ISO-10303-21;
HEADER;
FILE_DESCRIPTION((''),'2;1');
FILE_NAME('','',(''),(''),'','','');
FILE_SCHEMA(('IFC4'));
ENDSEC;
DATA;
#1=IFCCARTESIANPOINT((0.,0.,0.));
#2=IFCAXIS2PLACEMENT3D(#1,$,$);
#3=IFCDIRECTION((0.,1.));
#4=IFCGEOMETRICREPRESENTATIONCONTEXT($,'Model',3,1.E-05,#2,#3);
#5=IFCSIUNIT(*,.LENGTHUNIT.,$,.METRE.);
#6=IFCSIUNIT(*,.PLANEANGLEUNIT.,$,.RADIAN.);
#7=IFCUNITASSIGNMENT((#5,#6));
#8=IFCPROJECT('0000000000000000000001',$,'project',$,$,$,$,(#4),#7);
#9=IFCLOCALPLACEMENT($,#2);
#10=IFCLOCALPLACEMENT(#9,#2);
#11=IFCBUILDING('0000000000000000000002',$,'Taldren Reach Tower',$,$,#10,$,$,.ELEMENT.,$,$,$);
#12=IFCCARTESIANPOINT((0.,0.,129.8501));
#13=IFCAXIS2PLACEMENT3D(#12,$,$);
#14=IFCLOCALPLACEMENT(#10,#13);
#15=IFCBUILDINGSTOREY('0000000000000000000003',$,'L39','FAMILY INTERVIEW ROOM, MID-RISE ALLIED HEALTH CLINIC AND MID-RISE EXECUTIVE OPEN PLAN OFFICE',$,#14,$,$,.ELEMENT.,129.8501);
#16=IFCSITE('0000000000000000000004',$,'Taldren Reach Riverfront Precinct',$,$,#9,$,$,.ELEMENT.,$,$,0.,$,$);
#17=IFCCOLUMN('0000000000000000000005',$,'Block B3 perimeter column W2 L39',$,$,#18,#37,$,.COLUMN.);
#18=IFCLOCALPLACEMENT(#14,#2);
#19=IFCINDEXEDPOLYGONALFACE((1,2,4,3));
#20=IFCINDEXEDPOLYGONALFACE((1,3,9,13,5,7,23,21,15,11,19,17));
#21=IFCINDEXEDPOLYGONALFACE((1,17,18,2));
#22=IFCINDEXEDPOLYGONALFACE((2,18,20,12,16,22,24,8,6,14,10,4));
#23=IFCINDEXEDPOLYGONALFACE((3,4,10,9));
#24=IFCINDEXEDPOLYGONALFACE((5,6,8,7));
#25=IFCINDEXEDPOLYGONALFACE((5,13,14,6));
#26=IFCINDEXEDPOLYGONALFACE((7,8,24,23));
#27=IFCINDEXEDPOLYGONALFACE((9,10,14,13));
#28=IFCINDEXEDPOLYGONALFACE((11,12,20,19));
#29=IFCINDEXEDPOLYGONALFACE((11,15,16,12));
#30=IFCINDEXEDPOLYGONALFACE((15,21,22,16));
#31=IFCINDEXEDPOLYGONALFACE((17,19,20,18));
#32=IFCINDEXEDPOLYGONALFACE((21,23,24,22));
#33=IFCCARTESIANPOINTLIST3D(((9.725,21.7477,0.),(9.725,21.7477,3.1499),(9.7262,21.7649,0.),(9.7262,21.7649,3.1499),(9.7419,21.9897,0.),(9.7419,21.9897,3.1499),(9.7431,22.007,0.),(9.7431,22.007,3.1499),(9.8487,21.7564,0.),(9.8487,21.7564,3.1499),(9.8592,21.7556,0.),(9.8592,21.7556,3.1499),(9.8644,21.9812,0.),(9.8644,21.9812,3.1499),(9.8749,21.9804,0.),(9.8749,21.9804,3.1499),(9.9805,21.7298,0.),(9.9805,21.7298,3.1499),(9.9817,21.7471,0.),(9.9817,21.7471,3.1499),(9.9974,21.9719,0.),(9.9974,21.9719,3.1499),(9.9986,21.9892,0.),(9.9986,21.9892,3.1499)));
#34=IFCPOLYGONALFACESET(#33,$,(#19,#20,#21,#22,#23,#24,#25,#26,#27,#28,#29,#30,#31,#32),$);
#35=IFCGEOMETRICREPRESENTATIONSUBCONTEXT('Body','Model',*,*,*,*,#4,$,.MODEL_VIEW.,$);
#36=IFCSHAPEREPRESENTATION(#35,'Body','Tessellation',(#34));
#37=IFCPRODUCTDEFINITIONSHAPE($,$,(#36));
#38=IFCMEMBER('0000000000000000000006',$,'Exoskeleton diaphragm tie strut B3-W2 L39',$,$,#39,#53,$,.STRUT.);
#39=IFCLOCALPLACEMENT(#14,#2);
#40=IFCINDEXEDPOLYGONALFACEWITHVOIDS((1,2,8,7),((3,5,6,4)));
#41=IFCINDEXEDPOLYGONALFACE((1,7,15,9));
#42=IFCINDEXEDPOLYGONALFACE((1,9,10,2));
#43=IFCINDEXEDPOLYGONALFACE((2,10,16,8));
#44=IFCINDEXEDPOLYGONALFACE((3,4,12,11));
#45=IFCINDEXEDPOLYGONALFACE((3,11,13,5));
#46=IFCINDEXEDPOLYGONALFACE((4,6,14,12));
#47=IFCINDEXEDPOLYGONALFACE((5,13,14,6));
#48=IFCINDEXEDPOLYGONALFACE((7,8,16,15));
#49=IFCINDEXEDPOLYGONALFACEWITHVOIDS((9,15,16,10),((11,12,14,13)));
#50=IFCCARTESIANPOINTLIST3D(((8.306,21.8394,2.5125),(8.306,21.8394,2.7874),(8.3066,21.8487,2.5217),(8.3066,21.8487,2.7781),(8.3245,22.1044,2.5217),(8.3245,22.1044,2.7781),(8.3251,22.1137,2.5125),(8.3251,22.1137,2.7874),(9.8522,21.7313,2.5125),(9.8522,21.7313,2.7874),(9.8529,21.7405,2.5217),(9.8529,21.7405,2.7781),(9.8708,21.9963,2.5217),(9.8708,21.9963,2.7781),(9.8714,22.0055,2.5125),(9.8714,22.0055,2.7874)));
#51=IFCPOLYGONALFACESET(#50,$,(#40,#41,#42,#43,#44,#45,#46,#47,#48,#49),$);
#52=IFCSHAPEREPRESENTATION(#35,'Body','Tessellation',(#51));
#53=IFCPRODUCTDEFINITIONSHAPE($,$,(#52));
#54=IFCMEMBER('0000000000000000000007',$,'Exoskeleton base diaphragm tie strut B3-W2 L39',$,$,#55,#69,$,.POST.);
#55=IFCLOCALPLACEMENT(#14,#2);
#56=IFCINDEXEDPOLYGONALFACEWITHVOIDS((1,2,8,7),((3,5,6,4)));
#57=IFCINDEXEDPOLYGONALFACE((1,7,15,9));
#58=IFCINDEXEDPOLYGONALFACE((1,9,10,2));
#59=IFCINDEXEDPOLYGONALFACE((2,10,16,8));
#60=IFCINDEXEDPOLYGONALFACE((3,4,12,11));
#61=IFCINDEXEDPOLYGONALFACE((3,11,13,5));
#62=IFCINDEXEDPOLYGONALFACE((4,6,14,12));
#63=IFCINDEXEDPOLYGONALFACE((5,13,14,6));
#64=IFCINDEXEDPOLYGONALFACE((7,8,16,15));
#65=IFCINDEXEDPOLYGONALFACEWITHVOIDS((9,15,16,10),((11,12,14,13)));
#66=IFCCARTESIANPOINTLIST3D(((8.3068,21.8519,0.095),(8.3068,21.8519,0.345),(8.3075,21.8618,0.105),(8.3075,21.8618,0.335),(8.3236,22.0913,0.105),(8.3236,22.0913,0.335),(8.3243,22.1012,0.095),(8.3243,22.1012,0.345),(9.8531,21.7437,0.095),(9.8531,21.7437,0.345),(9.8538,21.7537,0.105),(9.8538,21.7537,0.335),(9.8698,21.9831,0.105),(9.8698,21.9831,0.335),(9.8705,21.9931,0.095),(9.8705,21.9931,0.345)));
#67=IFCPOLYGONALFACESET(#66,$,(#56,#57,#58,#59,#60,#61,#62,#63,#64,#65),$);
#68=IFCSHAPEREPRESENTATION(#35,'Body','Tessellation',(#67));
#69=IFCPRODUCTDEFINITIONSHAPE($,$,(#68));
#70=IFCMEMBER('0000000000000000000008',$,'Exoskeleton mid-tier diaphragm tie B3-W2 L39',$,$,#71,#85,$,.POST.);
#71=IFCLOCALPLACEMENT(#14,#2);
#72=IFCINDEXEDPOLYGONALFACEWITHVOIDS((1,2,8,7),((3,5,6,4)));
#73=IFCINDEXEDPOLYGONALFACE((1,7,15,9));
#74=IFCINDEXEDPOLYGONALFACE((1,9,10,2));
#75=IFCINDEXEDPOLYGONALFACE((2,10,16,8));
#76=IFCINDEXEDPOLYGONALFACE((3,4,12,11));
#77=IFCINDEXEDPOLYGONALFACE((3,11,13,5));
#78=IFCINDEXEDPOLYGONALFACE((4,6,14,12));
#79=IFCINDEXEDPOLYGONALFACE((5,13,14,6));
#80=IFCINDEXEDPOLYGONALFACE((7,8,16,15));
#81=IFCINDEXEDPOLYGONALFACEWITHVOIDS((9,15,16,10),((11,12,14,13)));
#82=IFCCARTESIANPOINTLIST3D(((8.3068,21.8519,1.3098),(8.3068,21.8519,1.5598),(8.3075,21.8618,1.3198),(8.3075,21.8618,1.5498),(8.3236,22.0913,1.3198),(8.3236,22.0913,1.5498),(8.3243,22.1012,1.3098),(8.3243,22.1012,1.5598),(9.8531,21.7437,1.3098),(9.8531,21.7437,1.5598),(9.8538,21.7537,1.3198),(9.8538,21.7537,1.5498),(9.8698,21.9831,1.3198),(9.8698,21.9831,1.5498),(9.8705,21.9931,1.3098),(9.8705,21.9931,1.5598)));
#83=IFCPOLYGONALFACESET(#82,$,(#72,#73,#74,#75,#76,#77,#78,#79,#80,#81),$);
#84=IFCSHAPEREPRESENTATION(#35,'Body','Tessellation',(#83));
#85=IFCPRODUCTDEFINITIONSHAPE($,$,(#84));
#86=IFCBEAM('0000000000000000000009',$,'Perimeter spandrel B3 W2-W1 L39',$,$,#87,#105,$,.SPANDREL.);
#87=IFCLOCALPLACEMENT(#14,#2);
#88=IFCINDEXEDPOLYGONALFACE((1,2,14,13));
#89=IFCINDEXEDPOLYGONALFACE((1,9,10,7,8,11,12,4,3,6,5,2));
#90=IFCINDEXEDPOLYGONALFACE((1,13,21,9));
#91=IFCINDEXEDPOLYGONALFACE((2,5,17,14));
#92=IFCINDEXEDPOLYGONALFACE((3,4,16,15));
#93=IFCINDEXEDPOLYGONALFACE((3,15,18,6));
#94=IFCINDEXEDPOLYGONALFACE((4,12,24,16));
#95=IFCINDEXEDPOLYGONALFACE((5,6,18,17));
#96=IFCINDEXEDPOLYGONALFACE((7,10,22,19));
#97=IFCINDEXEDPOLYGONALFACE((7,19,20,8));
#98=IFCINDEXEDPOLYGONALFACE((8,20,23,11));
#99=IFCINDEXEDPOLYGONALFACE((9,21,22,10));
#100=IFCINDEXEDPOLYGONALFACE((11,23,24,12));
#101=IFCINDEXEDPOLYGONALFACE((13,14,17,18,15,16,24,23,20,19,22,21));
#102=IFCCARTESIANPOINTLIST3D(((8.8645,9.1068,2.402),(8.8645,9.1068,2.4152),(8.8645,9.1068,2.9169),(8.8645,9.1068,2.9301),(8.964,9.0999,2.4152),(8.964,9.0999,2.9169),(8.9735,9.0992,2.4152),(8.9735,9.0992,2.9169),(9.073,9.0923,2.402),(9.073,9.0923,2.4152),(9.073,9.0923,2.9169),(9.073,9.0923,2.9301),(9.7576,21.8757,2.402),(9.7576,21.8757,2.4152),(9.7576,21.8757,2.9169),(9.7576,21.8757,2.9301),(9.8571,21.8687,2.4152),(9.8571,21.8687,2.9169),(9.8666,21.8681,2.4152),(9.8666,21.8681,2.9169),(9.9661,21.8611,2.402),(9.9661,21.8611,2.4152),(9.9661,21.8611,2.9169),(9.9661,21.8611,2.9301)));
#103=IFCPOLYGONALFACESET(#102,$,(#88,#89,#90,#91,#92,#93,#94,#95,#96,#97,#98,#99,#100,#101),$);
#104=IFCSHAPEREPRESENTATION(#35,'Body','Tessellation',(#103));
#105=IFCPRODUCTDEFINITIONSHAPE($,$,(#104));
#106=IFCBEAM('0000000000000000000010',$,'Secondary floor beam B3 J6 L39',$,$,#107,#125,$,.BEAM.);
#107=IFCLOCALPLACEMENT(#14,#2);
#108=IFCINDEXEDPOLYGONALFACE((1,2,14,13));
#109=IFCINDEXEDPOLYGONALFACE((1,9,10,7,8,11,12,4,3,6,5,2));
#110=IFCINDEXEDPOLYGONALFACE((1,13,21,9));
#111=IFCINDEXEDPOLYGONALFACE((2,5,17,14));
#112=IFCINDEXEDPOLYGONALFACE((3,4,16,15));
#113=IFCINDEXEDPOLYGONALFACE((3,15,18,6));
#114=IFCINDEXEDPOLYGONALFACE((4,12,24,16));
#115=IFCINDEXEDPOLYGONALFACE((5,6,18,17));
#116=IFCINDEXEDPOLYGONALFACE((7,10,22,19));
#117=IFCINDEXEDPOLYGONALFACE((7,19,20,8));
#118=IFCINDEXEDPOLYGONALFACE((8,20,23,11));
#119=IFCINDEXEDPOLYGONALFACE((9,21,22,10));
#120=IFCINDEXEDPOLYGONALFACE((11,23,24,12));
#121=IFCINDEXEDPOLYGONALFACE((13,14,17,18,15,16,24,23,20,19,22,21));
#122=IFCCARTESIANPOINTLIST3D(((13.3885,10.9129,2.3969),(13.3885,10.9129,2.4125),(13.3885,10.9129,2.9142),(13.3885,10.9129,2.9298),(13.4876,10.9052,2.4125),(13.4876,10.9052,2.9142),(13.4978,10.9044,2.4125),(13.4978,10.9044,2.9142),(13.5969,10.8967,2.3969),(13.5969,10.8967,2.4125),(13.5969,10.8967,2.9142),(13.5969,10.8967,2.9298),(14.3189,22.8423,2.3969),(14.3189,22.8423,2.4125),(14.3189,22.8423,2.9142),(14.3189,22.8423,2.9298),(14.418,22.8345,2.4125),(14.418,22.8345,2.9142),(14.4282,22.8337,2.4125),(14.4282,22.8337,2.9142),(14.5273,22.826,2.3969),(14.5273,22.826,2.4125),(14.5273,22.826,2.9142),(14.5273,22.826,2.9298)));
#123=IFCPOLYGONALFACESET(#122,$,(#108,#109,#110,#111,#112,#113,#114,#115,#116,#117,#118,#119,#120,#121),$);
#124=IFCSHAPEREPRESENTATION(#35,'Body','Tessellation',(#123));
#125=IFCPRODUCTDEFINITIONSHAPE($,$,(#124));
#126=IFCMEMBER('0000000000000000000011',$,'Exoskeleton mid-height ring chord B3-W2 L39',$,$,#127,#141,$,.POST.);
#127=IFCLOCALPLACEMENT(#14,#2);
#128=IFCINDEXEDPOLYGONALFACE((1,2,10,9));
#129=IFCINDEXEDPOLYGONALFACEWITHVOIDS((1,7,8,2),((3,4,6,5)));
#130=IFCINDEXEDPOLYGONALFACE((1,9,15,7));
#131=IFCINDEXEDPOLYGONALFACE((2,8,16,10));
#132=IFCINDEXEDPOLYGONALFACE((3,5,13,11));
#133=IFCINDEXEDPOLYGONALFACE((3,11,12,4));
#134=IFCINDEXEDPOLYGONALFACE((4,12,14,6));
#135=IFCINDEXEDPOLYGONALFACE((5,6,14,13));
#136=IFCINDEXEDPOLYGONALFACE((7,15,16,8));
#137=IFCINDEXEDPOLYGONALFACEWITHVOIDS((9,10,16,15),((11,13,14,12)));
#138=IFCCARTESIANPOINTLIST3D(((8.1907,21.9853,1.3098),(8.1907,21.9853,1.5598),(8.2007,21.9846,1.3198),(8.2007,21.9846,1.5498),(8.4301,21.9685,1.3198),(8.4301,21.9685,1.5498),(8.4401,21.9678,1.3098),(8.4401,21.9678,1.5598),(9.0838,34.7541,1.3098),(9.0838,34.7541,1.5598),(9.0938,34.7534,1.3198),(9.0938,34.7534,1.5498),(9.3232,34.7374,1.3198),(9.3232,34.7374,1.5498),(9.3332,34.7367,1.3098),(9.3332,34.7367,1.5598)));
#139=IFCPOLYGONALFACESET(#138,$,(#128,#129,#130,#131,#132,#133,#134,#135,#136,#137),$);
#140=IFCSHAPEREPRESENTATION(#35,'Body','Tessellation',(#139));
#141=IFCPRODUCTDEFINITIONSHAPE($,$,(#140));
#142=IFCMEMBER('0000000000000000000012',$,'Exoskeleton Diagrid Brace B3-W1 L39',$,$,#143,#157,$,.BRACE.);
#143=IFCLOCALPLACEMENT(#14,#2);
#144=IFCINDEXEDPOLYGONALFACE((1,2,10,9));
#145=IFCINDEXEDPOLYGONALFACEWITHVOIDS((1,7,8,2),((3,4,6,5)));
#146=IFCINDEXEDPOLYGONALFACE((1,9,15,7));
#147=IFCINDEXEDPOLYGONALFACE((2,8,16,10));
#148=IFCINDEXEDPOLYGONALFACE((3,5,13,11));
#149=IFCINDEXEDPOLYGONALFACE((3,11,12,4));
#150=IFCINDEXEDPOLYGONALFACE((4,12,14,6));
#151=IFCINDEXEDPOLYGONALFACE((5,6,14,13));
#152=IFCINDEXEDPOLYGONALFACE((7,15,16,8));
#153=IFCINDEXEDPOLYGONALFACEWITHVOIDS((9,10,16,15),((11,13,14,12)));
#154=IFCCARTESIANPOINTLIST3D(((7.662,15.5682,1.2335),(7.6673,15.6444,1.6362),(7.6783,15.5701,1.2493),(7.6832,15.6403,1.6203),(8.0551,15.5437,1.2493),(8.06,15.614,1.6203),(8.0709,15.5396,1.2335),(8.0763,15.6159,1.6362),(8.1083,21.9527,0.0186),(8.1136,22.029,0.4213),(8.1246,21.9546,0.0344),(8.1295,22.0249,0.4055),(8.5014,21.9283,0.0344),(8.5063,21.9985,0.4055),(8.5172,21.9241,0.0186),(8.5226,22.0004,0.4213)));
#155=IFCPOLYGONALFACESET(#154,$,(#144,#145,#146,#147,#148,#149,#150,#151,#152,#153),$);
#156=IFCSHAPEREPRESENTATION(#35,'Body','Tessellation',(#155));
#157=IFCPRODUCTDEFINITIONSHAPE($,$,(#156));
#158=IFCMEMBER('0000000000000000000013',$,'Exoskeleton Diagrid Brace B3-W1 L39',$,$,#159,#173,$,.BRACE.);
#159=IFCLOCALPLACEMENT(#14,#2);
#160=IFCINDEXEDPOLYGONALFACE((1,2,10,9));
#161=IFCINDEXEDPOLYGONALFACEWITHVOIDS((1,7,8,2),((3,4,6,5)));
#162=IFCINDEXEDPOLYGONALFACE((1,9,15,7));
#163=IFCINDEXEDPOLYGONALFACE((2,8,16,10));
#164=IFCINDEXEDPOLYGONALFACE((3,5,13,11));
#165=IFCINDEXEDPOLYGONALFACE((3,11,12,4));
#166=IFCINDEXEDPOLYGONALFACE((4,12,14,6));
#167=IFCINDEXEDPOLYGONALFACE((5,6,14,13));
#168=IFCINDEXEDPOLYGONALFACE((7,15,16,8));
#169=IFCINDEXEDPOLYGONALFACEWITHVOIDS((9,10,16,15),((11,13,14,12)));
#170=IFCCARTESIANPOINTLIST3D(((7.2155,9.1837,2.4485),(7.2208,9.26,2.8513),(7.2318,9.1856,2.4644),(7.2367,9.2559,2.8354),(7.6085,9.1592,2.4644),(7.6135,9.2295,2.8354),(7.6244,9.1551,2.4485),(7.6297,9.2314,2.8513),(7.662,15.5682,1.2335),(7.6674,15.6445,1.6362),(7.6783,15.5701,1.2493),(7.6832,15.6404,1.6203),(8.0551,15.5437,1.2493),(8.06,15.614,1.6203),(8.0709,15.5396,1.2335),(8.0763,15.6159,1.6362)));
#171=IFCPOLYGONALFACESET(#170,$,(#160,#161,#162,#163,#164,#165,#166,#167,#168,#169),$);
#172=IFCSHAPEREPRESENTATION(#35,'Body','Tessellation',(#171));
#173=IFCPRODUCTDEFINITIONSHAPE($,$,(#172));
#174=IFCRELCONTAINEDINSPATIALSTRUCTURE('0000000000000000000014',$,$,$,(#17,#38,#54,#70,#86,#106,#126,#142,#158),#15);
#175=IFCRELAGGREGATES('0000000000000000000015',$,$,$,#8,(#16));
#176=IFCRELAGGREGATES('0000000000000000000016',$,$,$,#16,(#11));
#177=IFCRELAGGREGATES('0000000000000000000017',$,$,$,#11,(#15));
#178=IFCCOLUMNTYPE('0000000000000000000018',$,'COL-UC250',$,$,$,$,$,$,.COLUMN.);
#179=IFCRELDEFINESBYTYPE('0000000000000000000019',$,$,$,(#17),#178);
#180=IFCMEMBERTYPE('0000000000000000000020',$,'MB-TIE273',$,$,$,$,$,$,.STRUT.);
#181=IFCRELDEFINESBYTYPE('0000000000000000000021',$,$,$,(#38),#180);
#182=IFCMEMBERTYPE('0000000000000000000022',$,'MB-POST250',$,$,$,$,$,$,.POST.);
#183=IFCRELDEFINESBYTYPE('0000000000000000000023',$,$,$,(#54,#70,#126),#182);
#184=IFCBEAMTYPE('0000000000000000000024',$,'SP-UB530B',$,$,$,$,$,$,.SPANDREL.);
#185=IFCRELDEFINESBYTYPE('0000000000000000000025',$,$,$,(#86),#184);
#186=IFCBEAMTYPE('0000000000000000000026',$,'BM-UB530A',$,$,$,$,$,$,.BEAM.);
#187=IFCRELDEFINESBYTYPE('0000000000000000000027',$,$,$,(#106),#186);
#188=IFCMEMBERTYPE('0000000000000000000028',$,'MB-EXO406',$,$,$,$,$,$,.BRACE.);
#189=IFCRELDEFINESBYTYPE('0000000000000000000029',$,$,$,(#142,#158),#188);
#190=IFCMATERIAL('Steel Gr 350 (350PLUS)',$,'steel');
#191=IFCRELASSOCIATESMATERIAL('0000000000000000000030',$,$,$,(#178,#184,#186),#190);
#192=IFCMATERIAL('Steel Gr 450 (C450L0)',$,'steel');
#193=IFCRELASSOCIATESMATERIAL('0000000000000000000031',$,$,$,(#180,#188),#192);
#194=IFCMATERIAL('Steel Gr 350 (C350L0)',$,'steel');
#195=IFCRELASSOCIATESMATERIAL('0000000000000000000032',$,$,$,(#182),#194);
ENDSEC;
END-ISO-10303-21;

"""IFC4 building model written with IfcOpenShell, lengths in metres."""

from ifc_helpers import new_model, si_unit, direction, frame, origin, origin_2d, place, context, subcontext, project, spatial, hollow_rectangle, i_section, extrude, source, transform, mapped, material, material_profile, profile_set, type_object, element, save


model = new_model("IFC4")

# Units and contexts
model_context = context("Model", 3, precision=1e-05, world=origin(), true_north=direction((0.0, 1.0)))
body_context = subcontext(model_context, "Body", "Model", "MODEL_VIEW")
ifc_project = project(units=[si_unit("LENGTHUNIT", "METRE"), si_unit("PLANEANGLEUNIT", "RADIAN")], contexts=[model_context])

# Site, building, storey
site_placement = place(None, origin())
site = spatial("IfcSite", under=ifc_project, at=site_placement, Name="Taldren Reach Riverfront Precinct", CompositionType="ELEMENT", RefElevation=0.0)
building_placement = place(site_placement, origin())
building = spatial("IfcBuilding", under=site, at=building_placement, Name="Taldren Reach Tower", CompositionType="ELEMENT")
storey_placement = place(building_placement, frame((0.0, 0.0, 129.8501)))
storey = spatial("IfcBuildingStorey", under=building, at=storey_placement, Name="L39", Description="FAMILY INTERVIEW ROOM, MID-RISE ALLIED HEALTH CLINIC AND MID-RISE EXECUTIVE OPEN PLAN OFFICE", CompositionType="ELEMENT", Elevation=129.8501)

# Column
ifc_material_1 = material(Name="Steel Gr 350 (350PLUS)", Category="steel")
ifc_material_profile_1 = material_profile(ifc_material_1, i_section(OverallWidth=0.2561, OverallDepth=0.26, WebThickness=0.0105, FlangeThickness=0.0173, at=origin_2d()), Name="250UC89.5")
ifc_profile_set_1 = profile_set([ifc_material_profile_1], Name="Steel Gr 350 (350PLUS)")
column_type = type_object("IfcColumnType", Name="COL-UC250", PredefinedType="COLUMN", material=ifc_profile_set_1)
shared_shape_1 = source(origin(), body_context, "Body", "SweptSolid", [
    extrude(i_section(OverallWidth=0.2561, OverallDepth=0.26, WebThickness=0.0105, FlangeThickness=0.0173, at=origin_2d()), origin(), (0.0, 0.0, 1.0), 3.1499),
])
column_placement = place(storey_placement, frame((9.8618, 21.8684, 0.0), z_axis=(0.0, 0.0, 1.0), x_axis=(0.997564, -0.069756, 0.0)))
element("IfcColumn", 1, at=column_placement, inside=storey, type_object=column_type, Name="Block B3 perimeter column W2 L39", PredefinedType="COLUMN", context=body_context, shape_type="MappedRepresentation", body=[
    mapped(shared_shape_1, transform((0.0, 0.0, 0.0), scale=1.0)),
])

# Members
ifc_material_2 = material(Name="Steel Gr 450 (C450L0)", Category="steel")
ifc_material_profile_2 = material_profile(ifc_material_2, hollow_rectangle(XDim=0.2749, YDim=0.2749, WallThickness=0.0093, at=origin_2d()), Name="275x275x9.3SHS")
ifc_profile_set_2 = profile_set([ifc_material_profile_2], Name="Steel Gr 450 (C450L0)")
member_type_1 = type_object("IfcMemberType", Name="MB-TIE273", PredefinedType="STRUT", material=ifc_profile_set_2)
shared_shape_2 = source(origin(), body_context, "Body", "SweptSolid", [
    extrude(hollow_rectangle(XDim=0.2749, YDim=0.2749, WallThickness=0.0093, at=origin_2d()), origin(), (0.0, 0.0, 1.0), 1.55),
])
member_1_placement = place(storey_placement, frame((9.8618, 21.8684, 2.6499), z_axis=(-0.997563, 0.06977, 0.0), x_axis=(-0.06977, -0.997563, 0.0)))
element("IfcMember", 2, at=member_1_placement, inside=storey, type_object=member_type_1, Name="Exoskeleton diaphragm tie strut B3-W2 L39", PredefinedType="STRUT", context=body_context, shape_type="MappedRepresentation", body=[
    mapped(shared_shape_2, transform((0.0, 0.0, 0.0), scale=1.0)),
])
ifc_material_3 = material(Name="Steel Gr 350 (C350L0)", Category="steel")
ifc_material_profile_3 = material_profile(ifc_material_3, hollow_rectangle(XDim=0.25, YDim=0.25, WallThickness=0.01, at=origin_2d()), Name="250x250x10.0SHS")
ifc_profile_set_3 = profile_set([ifc_material_profile_3], Name="Steel Gr 350 (C350L0)")
member_type_2 = type_object("IfcMemberType", Name="MB-POST250", PredefinedType="POST", material=ifc_profile_set_3)
shared_shape_3 = source(origin(), body_context, "Body", "SweptSolid", [
    extrude(hollow_rectangle(XDim=0.25, YDim=0.25, WallThickness=0.01, at=origin_2d()), origin(), (0.0, 0.0, 1.0), 1.55),
])
for number, where, z_axis, x_axis, name in (
    (3, (9.8618, 21.8684, 0.22), (-0.997563, 0.06977, 0.0), (-0.06977, -0.997563, 0.0), "Exoskeleton base diaphragm tie strut B3-W2 L39"),
    (4, (9.8618, 21.8684, 1.4348), (-0.997563, 0.06977, 0.0), (-0.06977, -0.997563, 0.0), "Exoskeleton mid-tier diaphragm tie B3-W2 L39"),
):
    element("IfcMember", number, at=place(storey_placement, frame(where, z_axis=z_axis, x_axis=x_axis)), inside=storey, type_object=member_type_2, Name=name, PredefinedType="POST", context=body_context, shape_type="MappedRepresentation", body=[
        mapped(shared_shape_3, transform((0.0, 0.0, 0.0), scale=1.0)),
    ])

# Beams
ifc_material_profile_4 = material_profile(ifc_material_1, i_section(OverallWidth=0.209, OverallDepth=0.5281, WebThickness=0.0095, FlangeThickness=0.0132, at=origin_2d()), Name="530UB82.0")
ifc_profile_set_4 = profile_set([ifc_material_profile_4], Name="Steel Gr 350 (350PLUS)")
beam_type_1 = type_object("IfcBeamType", Name="SP-UB530B", PredefinedType="SPANDREL", material=ifc_profile_set_4)
shared_shape_4 = source(origin(), body_context, "Body", "SweptSolid", [
    extrude(i_section(OverallWidth=0.209, OverallDepth=0.5281, WebThickness=0.0095, FlangeThickness=0.0132, at=origin_2d()), origin(), (0.0, 0.0, 1.0), 12.8),
])
beam_1_placement = place(storey_placement, frame((9.8618, 21.8684, 2.666), z_axis=(-0.069771, -0.997563, 0.0), x_axis=(0.997563, -0.069771, 0.0)))
element("IfcBeam", 5, at=beam_1_placement, inside=storey, type_object=beam_type_1, Name="Perimeter spandrel B3 W2-W1 L39", PredefinedType="SPANDREL", context=body_context, shape_type="MappedRepresentation", body=[
    mapped(shared_shape_4, transform((0.0, 0.0, 0.0), scale=1.0)),
])
ifc_material_profile_5 = material_profile(ifc_material_1, i_section(OverallWidth=0.209, OverallDepth=0.533, WebThickness=0.0103, FlangeThickness=0.0156, at=origin_2d()), Name="530UB92.4")
ifc_profile_set_5 = profile_set([ifc_material_profile_5], Name="Steel Gr 350 (350PLUS)")
beam_type_2 = type_object("IfcBeamType", Name="BM-UB530A", PredefinedType="BEAM", material=ifc_profile_set_5)
shared_shape_5 = source(origin(), body_context, "Body", "SweptSolid", [
    extrude(i_section(OverallWidth=0.209, OverallDepth=0.533, WebThickness=0.0103, FlangeThickness=0.0156, at=origin_2d()), origin(), (0.0, 0.0, 1.0), 11.9656),
])
beam_2_placement = place(storey_placement, frame((13.4927, 10.9048, 2.6633), z_axis=(0.077757, 0.996972, 0.0), x_axis=(-0.996972, 0.077757, 0.0)))
element("IfcBeam", 6, at=beam_2_placement, inside=storey, type_object=beam_type_2, Name="Secondary floor beam B3 J6 L39", PredefinedType="BEAM", context=body_context, shape_type="MappedRepresentation", body=[
    mapped(shared_shape_5, transform((0.0, 0.0, 0.0), scale=1.0)),
])

# Members
shared_shape_6 = source(origin(), body_context, "Body", "SweptSolid", [
    extrude(hollow_rectangle(XDim=0.25, YDim=0.25, WallThickness=0.01, at=origin_2d()), origin(), (0.0, 0.0, 1.0), 12.8),
])
member_2_placement = place(storey_placement, frame((8.3154, 21.9766, 1.4348), z_axis=(0.069771, 0.997563, 0.0), x_axis=(-0.997563, 0.069771, 0.0)))
element("IfcMember", 7, at=member_2_placement, inside=storey, type_object=member_type_2, Name="Exoskeleton mid-height ring chord B3-W2 L39", PredefinedType="POST", context=body_context, shape_type="MappedRepresentation", body=[
    mapped(shared_shape_6, transform((0.0, 0.0, 0.0), scale=1.0)),
])
ifc_material_profile_6 = material_profile(ifc_material_2, hollow_rectangle(XDim=0.4099, YDim=0.4099, WallThickness=0.0161, at=origin_2d()), Name="410x410x16.0SHS")
ifc_profile_set_6 = profile_set([ifc_material_profile_6], Name="Steel Gr 450 (C450L0)")
member_type_3 = type_object("IfcMemberType", Name="MB-EXO406", PredefinedType="BRACE", material=ifc_profile_set_6)
shared_shape_7 = source(origin(), body_context, "Body", "SweptSolid", [
    extrude(hollow_rectangle(XDim=0.4099, YDim=0.4099, WallThickness=0.0161, at=origin_2d()), origin(), (0.0, 0.0, 1.0), 6.5144),
])
for number, where, z_axis, x_axis, name in (
    (8, (8.3154, 21.9766, 0.22), (-0.068508, -0.980066, 0.186487), (0.997566, -0.069732, 0.0), "Exoskeleton Diagrid Brace B3-W1 L39"),
    (9, (7.8691, 15.592, 1.4348), (-0.068545, -0.980057, 0.186522), (0.997563, -0.06977, 0.0), "Exoskeleton Diagrid Brace B3-W1 L39"),
):
    element("IfcMember", number, at=place(storey_placement, frame(where, z_axis=z_axis, x_axis=x_axis)), inside=storey, type_object=member_type_3, Name=name, PredefinedType="BRACE", context=body_context, shape_type="MappedRepresentation", body=[
        mapped(shared_shape_7, transform((0.0, 0.0, 0.0), scale=1.0)),
    ])

save(model, "model.ifc")
